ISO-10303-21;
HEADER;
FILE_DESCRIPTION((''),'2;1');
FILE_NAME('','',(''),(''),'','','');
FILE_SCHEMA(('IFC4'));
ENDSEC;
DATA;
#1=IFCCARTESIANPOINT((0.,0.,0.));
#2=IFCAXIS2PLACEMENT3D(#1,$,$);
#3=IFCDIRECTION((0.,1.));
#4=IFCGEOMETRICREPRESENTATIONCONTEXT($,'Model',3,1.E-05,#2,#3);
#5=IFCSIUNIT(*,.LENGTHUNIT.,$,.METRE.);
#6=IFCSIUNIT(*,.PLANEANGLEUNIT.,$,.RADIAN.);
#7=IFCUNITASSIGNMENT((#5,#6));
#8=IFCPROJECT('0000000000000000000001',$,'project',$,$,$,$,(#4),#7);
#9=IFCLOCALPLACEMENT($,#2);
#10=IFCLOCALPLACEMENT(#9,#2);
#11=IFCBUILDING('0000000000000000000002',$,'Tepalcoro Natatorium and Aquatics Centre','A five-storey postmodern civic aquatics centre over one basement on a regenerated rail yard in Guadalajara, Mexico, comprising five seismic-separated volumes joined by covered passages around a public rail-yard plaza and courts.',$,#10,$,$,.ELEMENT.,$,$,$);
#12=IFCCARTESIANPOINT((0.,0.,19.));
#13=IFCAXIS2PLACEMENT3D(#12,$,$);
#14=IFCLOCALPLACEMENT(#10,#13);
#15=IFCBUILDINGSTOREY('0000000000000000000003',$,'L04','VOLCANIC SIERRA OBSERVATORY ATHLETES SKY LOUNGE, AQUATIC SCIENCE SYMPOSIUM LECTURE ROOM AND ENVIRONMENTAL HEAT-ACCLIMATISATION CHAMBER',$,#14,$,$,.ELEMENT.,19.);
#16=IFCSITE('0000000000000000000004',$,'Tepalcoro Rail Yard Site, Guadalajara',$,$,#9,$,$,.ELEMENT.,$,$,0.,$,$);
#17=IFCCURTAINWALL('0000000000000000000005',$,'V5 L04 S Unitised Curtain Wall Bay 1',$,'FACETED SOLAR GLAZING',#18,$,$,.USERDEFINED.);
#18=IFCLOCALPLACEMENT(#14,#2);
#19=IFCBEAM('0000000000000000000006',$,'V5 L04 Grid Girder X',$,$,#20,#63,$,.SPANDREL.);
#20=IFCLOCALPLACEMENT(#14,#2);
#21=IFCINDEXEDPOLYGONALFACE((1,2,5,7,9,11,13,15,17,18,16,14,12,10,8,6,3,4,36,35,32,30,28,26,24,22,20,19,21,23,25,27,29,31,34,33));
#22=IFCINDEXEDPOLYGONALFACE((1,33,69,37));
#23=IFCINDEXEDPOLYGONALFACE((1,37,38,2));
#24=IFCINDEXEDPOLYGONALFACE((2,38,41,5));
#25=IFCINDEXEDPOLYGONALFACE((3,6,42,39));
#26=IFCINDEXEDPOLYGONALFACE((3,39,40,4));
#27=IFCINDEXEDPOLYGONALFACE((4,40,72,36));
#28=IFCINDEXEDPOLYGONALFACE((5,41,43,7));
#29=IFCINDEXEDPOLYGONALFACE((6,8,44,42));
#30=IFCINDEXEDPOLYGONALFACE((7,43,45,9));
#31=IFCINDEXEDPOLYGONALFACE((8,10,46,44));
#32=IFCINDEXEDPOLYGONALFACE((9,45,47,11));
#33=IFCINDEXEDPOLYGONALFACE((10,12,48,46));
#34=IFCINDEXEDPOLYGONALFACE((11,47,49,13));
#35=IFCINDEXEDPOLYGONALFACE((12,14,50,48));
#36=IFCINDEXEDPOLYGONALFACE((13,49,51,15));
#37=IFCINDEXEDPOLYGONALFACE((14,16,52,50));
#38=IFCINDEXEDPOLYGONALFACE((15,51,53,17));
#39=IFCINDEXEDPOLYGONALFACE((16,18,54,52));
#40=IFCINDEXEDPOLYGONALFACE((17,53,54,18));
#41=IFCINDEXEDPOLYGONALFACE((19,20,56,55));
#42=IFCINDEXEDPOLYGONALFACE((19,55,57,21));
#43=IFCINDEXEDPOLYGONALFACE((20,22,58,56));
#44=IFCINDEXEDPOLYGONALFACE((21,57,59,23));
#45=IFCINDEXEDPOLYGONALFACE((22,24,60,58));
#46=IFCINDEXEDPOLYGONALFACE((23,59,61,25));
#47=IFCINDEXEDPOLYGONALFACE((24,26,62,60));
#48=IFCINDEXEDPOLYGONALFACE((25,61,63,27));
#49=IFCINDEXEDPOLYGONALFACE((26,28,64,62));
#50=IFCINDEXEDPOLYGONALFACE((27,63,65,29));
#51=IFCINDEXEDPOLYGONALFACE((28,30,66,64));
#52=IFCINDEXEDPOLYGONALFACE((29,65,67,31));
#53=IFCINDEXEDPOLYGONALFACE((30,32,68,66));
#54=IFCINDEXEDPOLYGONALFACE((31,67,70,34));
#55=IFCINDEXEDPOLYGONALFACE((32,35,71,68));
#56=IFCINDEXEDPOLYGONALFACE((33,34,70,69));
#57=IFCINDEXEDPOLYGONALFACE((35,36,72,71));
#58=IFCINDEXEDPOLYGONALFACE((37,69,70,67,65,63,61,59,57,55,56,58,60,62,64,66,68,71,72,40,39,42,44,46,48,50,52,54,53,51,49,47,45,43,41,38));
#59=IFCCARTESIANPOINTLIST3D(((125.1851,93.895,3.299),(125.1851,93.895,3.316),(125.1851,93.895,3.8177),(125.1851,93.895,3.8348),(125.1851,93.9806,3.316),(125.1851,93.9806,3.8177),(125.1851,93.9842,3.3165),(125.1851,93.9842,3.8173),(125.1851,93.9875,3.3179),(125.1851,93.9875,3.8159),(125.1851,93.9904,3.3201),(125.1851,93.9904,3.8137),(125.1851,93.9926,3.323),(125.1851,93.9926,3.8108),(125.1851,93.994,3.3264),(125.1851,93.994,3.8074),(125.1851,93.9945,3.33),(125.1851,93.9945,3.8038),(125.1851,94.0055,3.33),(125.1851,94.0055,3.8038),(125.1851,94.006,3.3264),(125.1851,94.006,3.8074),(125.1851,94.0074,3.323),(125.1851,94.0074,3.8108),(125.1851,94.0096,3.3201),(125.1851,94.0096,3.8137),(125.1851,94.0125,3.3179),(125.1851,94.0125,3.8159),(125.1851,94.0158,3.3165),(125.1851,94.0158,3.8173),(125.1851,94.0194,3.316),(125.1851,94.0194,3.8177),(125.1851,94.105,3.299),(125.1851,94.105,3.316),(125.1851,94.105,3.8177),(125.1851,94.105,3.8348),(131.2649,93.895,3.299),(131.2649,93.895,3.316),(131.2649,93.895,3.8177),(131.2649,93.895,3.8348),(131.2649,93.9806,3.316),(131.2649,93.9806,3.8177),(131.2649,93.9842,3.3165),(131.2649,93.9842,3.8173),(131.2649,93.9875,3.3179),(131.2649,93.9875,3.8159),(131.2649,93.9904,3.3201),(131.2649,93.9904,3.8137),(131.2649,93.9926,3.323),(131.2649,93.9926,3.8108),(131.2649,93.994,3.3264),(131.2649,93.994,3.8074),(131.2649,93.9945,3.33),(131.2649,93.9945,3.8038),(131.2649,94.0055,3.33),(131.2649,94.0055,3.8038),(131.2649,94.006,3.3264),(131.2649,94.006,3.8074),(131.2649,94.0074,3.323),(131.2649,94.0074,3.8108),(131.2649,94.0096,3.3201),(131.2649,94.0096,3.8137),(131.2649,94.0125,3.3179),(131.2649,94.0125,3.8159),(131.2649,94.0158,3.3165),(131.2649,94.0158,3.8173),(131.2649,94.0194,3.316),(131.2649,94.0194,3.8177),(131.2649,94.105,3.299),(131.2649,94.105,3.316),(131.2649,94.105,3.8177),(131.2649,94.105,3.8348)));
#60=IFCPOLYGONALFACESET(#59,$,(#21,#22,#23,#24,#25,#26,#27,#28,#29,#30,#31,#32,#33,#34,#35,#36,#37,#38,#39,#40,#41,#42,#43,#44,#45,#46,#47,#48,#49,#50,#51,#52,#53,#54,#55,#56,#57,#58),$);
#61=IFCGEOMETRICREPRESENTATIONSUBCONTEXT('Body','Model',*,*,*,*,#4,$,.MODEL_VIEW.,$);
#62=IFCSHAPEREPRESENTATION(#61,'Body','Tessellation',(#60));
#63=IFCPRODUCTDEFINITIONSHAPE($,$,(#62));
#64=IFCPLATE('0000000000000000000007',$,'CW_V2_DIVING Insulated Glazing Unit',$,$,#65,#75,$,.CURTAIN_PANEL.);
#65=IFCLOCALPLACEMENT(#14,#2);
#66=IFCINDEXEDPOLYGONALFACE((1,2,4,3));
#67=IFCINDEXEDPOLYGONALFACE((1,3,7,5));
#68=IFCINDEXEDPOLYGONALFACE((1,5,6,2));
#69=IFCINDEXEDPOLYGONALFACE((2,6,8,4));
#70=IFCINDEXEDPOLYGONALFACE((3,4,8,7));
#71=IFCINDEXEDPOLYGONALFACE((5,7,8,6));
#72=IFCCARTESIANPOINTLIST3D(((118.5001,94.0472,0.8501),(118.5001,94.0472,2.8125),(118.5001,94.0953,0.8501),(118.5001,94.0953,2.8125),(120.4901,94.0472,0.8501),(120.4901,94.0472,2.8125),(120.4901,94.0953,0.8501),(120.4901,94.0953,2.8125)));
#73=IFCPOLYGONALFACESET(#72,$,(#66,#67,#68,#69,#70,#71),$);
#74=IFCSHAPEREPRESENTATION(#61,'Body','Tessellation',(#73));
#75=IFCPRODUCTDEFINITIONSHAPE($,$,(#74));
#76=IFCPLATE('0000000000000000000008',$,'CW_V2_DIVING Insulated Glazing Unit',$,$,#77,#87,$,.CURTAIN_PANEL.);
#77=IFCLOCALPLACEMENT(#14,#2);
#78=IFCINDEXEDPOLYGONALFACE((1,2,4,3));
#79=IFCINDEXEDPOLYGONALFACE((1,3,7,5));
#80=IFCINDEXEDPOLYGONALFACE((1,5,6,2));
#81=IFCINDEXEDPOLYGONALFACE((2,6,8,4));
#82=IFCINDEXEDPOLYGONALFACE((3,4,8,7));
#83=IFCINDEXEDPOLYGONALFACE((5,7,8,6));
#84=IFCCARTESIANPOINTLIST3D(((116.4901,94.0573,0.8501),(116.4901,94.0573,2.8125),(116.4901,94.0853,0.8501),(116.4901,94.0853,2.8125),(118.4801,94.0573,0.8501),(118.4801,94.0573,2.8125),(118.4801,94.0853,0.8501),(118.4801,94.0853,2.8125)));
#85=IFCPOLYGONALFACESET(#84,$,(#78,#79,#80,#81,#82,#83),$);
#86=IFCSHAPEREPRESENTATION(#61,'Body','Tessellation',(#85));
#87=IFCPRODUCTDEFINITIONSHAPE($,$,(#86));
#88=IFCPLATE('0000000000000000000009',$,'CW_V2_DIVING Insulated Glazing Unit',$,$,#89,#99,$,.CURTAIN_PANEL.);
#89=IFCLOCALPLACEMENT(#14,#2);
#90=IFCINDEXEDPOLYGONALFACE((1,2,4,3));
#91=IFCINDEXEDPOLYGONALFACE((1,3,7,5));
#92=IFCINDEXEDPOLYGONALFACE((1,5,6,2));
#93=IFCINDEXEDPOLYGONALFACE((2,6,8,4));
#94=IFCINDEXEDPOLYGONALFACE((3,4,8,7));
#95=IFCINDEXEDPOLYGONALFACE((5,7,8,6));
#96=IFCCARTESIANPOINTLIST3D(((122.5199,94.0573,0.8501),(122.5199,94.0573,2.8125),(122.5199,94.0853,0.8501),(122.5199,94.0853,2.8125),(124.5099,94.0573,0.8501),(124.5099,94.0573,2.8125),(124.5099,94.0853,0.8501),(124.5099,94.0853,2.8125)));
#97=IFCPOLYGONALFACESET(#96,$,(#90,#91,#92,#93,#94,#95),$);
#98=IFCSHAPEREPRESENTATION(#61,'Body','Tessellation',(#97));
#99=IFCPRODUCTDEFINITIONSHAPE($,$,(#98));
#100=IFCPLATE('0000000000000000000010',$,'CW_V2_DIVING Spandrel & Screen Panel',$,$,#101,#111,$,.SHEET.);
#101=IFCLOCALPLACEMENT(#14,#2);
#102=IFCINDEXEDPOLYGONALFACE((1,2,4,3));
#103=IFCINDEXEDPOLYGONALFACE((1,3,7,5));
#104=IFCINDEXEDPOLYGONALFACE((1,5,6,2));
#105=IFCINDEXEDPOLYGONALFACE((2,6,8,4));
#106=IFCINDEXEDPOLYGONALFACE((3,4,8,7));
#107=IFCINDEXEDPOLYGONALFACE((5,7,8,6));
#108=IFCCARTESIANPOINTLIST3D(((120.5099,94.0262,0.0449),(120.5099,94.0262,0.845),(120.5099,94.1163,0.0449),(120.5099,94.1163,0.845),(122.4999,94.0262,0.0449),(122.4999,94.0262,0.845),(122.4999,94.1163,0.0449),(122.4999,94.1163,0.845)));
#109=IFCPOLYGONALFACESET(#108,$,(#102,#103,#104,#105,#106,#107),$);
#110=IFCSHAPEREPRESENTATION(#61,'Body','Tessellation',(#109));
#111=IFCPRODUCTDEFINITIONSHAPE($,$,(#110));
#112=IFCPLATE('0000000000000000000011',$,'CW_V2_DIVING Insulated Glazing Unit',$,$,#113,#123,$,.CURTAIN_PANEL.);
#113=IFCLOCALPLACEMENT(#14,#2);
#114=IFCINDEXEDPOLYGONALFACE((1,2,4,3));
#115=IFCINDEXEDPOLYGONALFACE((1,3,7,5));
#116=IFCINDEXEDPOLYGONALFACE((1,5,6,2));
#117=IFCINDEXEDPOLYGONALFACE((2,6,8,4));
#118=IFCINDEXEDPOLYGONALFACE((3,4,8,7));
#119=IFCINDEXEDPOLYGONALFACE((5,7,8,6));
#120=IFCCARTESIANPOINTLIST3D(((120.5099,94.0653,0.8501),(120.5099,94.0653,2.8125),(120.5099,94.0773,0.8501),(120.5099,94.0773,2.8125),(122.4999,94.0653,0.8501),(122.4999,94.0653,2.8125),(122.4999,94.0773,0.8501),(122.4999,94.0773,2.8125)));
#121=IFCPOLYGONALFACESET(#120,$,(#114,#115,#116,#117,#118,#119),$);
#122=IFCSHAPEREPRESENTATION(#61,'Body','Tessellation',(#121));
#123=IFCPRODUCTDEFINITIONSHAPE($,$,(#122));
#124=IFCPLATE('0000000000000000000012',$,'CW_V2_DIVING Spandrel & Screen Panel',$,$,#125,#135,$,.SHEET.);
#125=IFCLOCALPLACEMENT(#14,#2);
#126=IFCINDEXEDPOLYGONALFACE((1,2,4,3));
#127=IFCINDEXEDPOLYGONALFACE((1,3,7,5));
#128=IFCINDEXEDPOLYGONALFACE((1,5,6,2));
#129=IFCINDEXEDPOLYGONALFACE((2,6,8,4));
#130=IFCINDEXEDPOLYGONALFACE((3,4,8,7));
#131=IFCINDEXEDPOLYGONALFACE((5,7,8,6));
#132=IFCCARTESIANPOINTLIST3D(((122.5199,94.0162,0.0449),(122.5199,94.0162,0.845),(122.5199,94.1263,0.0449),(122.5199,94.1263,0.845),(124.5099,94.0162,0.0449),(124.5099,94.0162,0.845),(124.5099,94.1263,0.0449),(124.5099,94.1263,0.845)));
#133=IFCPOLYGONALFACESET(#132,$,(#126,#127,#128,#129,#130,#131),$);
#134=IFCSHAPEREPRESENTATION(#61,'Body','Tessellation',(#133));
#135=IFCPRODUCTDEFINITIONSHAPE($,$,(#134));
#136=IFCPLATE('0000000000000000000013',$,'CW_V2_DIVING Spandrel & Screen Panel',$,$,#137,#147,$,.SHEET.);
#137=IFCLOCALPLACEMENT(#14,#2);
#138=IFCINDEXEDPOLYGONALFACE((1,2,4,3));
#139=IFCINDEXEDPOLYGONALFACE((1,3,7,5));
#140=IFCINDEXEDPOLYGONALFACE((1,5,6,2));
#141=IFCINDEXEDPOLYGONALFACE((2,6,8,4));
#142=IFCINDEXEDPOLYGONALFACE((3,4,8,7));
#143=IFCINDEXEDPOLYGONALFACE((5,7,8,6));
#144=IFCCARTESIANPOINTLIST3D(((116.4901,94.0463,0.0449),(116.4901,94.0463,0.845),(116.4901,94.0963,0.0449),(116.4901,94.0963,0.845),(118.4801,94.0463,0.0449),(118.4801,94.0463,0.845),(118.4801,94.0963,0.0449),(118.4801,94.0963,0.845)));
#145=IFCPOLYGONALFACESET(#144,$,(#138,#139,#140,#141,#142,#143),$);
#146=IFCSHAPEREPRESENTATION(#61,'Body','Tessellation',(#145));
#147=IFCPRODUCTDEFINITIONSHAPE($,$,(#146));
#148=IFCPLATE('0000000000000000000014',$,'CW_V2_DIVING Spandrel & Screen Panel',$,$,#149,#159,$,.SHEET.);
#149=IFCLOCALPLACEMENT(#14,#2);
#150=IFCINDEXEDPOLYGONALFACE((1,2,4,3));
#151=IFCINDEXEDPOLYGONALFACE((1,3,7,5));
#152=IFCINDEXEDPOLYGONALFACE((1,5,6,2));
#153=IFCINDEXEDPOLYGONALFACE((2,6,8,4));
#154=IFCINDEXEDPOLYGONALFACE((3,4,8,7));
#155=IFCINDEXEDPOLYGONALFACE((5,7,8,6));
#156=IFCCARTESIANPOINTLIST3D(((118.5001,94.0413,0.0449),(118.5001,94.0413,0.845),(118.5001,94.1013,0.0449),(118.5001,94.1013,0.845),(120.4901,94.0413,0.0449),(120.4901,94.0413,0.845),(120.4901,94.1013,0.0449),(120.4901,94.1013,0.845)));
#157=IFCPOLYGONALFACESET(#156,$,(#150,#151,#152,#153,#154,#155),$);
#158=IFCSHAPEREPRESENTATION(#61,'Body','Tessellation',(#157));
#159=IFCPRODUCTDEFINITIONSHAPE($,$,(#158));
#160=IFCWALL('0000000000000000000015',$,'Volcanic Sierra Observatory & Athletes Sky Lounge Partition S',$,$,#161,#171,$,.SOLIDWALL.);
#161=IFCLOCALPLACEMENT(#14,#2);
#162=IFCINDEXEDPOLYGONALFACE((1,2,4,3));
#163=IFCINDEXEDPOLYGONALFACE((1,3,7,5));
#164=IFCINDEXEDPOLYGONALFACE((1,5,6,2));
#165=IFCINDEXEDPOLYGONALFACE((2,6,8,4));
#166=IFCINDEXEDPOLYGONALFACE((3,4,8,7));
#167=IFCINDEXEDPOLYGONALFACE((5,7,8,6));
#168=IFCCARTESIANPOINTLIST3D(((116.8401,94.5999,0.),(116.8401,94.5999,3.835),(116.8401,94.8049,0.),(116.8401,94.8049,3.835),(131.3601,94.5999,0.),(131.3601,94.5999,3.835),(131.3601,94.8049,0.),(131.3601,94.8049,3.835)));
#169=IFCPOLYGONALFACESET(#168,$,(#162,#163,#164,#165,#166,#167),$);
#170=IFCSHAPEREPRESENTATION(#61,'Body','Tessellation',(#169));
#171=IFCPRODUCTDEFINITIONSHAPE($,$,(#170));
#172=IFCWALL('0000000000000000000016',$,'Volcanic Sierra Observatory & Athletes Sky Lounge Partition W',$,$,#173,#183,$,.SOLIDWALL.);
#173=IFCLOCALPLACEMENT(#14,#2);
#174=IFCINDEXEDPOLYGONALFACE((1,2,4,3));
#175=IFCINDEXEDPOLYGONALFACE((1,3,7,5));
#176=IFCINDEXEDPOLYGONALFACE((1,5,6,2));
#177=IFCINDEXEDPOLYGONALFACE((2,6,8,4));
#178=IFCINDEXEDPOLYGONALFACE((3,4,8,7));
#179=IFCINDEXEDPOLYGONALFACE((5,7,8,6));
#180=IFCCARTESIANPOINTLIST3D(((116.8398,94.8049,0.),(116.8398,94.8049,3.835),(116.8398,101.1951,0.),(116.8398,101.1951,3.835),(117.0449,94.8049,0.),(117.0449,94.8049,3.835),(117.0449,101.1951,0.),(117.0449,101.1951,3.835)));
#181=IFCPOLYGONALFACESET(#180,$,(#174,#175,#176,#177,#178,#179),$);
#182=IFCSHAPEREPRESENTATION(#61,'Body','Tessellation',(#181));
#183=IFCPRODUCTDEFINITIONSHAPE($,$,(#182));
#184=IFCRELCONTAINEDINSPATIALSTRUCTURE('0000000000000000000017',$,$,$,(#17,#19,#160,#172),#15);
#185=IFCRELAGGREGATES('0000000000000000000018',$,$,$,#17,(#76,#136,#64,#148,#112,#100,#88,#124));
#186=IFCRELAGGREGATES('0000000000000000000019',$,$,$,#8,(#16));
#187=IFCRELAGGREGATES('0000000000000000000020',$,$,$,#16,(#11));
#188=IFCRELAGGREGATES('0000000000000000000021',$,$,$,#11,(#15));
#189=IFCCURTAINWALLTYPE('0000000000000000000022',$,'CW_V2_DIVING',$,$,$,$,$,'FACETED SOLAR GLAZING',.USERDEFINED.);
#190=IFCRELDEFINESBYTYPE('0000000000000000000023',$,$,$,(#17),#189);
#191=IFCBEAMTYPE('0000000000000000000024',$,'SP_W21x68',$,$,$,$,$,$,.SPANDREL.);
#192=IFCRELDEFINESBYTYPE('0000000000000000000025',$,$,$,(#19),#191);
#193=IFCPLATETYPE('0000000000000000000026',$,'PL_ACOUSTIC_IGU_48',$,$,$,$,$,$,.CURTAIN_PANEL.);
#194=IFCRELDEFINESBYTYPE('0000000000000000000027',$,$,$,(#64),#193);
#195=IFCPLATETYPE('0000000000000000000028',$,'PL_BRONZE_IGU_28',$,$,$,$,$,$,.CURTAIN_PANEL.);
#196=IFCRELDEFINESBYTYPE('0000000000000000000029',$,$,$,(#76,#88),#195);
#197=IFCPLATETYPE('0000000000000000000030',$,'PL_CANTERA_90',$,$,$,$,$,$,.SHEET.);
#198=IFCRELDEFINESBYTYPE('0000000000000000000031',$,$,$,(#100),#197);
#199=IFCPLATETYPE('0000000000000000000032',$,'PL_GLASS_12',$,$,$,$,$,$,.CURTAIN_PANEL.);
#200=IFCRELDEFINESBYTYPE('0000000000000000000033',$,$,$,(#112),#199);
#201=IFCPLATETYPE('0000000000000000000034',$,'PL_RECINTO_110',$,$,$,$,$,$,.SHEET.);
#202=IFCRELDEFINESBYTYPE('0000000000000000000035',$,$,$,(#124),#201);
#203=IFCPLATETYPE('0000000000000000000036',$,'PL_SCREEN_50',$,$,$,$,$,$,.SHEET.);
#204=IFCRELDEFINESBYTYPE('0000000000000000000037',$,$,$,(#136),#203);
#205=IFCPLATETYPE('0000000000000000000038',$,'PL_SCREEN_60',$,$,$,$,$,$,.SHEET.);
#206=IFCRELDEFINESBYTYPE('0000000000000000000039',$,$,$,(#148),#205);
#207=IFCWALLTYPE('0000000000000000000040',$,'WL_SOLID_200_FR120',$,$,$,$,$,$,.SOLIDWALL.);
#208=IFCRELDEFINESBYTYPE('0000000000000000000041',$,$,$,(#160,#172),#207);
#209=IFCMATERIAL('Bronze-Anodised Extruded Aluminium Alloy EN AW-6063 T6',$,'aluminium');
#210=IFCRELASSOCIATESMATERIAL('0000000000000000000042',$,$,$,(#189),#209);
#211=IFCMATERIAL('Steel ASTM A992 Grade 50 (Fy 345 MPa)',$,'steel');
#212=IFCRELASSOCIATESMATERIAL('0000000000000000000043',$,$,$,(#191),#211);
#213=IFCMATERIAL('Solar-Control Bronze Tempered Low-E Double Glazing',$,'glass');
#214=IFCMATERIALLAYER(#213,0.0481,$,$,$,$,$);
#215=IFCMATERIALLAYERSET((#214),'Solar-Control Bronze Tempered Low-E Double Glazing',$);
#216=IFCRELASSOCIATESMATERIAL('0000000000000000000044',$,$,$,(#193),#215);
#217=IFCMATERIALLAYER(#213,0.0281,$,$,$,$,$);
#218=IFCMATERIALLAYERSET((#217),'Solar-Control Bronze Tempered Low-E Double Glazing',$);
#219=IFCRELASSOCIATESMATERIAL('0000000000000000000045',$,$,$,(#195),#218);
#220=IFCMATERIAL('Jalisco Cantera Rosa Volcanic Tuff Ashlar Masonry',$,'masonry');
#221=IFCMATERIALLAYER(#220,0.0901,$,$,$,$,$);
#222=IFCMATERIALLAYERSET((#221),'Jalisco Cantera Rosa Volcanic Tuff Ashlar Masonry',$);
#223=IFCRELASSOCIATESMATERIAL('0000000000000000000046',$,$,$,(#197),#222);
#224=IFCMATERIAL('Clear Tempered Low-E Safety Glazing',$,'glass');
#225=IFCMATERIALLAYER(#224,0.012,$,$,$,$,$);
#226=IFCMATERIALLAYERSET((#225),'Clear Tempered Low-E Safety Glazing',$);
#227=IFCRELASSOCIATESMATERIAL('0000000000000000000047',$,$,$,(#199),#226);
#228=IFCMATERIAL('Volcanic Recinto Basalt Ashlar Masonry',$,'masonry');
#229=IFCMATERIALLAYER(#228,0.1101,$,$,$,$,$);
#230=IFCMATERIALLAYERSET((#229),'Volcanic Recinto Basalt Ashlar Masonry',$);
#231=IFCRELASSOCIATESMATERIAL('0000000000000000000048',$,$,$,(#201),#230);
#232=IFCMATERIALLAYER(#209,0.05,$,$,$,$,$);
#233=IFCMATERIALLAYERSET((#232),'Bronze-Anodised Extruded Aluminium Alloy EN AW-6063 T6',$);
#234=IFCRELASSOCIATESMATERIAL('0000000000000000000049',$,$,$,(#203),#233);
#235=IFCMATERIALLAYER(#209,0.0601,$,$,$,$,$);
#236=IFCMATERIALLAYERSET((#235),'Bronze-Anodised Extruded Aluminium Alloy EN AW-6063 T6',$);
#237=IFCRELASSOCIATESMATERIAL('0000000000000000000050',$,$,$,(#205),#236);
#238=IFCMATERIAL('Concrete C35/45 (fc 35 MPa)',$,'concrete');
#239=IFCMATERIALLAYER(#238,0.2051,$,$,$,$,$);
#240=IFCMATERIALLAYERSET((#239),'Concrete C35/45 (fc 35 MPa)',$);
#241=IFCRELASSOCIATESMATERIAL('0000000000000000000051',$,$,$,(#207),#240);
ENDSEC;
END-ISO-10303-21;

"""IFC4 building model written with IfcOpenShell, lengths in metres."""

from ifc_helpers import new_model, si_unit, direction, frame, frame_2d, origin, origin_2d, place, context, subcontext, project, spatial, rectangle, i_section, extrude, material, layer, layer_set, material_profile, profile_set, type_object, element, aggregate, save


model = new_model("IFC4")

# Units and contexts
model_context = context("Model", 3, precision=1e-05, world=origin(), true_north=direction((0.0, 1.0)))
body_context = subcontext(model_context, "Body", "Model", "MODEL_VIEW")
ifc_project = project(units=[si_unit("LENGTHUNIT", "METRE"), si_unit("PLANEANGLEUNIT", "RADIAN")], contexts=[model_context])

# Site, building, storey
site_placement = place(None, origin())
site = spatial("IfcSite", under=ifc_project, at=site_placement, Name="Tepalcoro Rail Yard Site, Guadalajara", CompositionType="ELEMENT", RefElevation=0.0)
building_placement = place(site_placement, origin())
building = spatial("IfcBuilding", under=site, at=building_placement, Name="Tepalcoro Natatorium and Aquatics Centre", Description="A five-storey postmodern civic aquatics centre over one basement on a regenerated rail yard in Guadalajara, Mexico, comprising five seismic-separated volumes joined by covered passages around a public rail-yard plaza and courts.", CompositionType="ELEMENT")
storey_placement = place(building_placement, frame((0.0, 0.0, 19.0)))
storey = spatial("IfcBuildingStorey", under=building, at=storey_placement, Name="L04", Description="VOLCANIC SIERRA OBSERVATORY ATHLETES SKY LOUNGE, AQUATIC SCIENCE SYMPOSIUM LECTURE ROOM AND ENVIRONMENTAL HEAT-ACCLIMATISATION CHAMBER", CompositionType="ELEMENT", Elevation=19.0)

# Shared definitions
ifc_material_1 = material(Name="Steel ASTM A992 Grade 50 (Fy 345 MPa)", Category="steel")

# Curtain wall
ifc_material_2 = material(Name="Bronze-Anodised Extruded Aluminium Alloy EN AW-6063 T6", Category="aluminium")
curtain_wall_type = type_object("IfcCurtainWallType", Name="CW_V2_DIVING", ElementType="FACETED SOLAR GLAZING", PredefinedType="USERDEFINED", material=ifc_material_2)
curtain_wall_placement = place(storey_placement, origin())
curtain_wall = element("IfcCurtainWall", 1, at=curtain_wall_placement, inside=storey, type_object=curtain_wall_type, Name="V5 L04 S Unitised Curtain Wall Bay 1", ObjectType="FACETED SOLAR GLAZING", PredefinedType="USERDEFINED")

# Beam
ifc_material_profile_1 = material_profile(ifc_material_1, i_section(OverallWidth=0.21, OverallDepth=0.5359, WebThickness=0.011, FlangeThickness=0.0171, FilletRadius=0.0139, at=origin_2d()), Name="W21X68")
ifc_profile_set_1 = profile_set([ifc_material_profile_1], Name="Steel ASTM A992 Grade 50 (Fy 345 MPa)")
beam_type_1 = type_object("IfcBeamType", Name="SP_W21x68", PredefinedType="SPANDREL", material=ifc_profile_set_1)
beam_1_placement = place(storey_placement, frame((125.1851, 94.0, 3.5669), z_axis=(1.0, 0.0, 0.0), x_axis=(0.0, 1.0, 0.0)))
element("IfcBeam", 2, at=beam_1_placement, inside=storey, type_object=beam_type_1, Name="V5 L04 Grid Girder X", PredefinedType="SPANDREL", context=body_context, shape_type="SweptSolid", body=[
    extrude(i_section(OverallWidth=0.21, OverallDepth=0.5359, WebThickness=0.011, FlangeThickness=0.0171, FilletRadius=0.0139, at=origin_2d()), origin(), (0.0, 0.0, 1.0), 6.0798),
])

# Plates
ifc_material_3 = material(Name="Solar-Control Bronze Tempered Low-E Double Glazing", Category="glass")
ifc_layer_1 = layer(ifc_material_3, 0.0481)
ifc_layer_set_1 = layer_set([ifc_layer_1], Name="Solar-Control Bronze Tempered Low-E Double Glazing")
plate_type_1 = type_object("IfcPlateType", Name="PL_ACOUSTIC_IGU_48", PredefinedType="CURTAIN_PANEL", material=ifc_layer_set_1)
plate_1_placement = place(storey_placement, frame((119.4951, 94.0713, 0.8501), z_axis=(0.0, 0.0, 1.0), x_axis=(1.0, 0.0, 0.0)))
plate_1 = element("IfcPlate", 3, at=plate_1_placement, type_object=plate_type_1, Name="CW_V2_DIVING Insulated Glazing Unit", PredefinedType="CURTAIN_PANEL", context=body_context, shape_type="SweptSolid", body=[
    extrude(rectangle(XDim=1.99, YDim=0.0481, at=origin_2d()), origin(), (0.0, 0.0, 1.0), 1.9624),
])
ifc_layer_2 = layer(ifc_material_3, 0.0281)
ifc_layer_set_2 = layer_set([ifc_layer_2], Name="Solar-Control Bronze Tempered Low-E Double Glazing")
plate_type_2 = type_object("IfcPlateType", Name="PL_BRONZE_IGU_28", PredefinedType="CURTAIN_PANEL", material=ifc_layer_set_2)
plate_2_placement = place(storey_placement, frame((117.4851, 94.0713, 0.8501), z_axis=(0.0, 0.0, 1.0), x_axis=(1.0, 0.0, 0.0)))
plate_2 = element("IfcPlate", 4, at=plate_2_placement, type_object=plate_type_2, Name="CW_V2_DIVING Insulated Glazing Unit", PredefinedType="CURTAIN_PANEL", context=body_context, shape_type="SweptSolid", body=[
    extrude(rectangle(XDim=1.99, YDim=0.0281, at=origin_2d()), origin(), (0.0, 0.0, 1.0), 1.9624),
])
plate_3_placement = place(storey_placement, frame((123.5149, 94.0713, 0.8501), z_axis=(0.0, 0.0, 1.0), x_axis=(1.0, 0.0, 0.0)))
plate_3 = element("IfcPlate", 5, at=plate_3_placement, type_object=plate_type_2, Name="CW_V2_DIVING Insulated Glazing Unit", PredefinedType="CURTAIN_PANEL", context=body_context, shape_type="SweptSolid", body=[
    extrude(rectangle(XDim=1.99, YDim=0.0281, at=origin_2d()), origin(), (0.0, 0.0, 1.0), 1.9624),
])
ifc_material_4 = material(Name="Jalisco Cantera Rosa Volcanic Tuff Ashlar Masonry", Category="masonry")
ifc_layer_3 = layer(ifc_material_4, 0.0901)
ifc_layer_set_3 = layer_set([ifc_layer_3], Name="Jalisco Cantera Rosa Volcanic Tuff Ashlar Masonry")
plate_type_3 = type_object("IfcPlateType", Name="PL_CANTERA_90", PredefinedType="SHEET", material=ifc_layer_set_3)
plate_4_placement = place(storey_placement, frame((121.5049, 94.0713, 0.0449), z_axis=(0.0, 0.0, 1.0), x_axis=(1.0, 0.0, 0.0)))
plate_4 = element("IfcPlate", 6, at=plate_4_placement, type_object=plate_type_3, Name="CW_V2_DIVING Spandrel & Screen Panel", PredefinedType="SHEET", context=body_context, shape_type="SweptSolid", body=[
    extrude(rectangle(XDim=1.99, YDim=0.0901, at=origin_2d()), origin(), (0.0, 0.0, 1.0), 0.8),
])
ifc_material_5 = material(Name="Clear Tempered Low-E Safety Glazing", Category="glass")
ifc_layer_4 = layer(ifc_material_5, 0.012)
ifc_layer_set_4 = layer_set([ifc_layer_4], Name="Clear Tempered Low-E Safety Glazing")
plate_type_4 = type_object("IfcPlateType", Name="PL_GLASS_12", PredefinedType="CURTAIN_PANEL", material=ifc_layer_set_4)
plate_5_placement = place(storey_placement, frame((121.5049, 94.0713, 0.8501), z_axis=(0.0, 0.0, 1.0), x_axis=(1.0, 0.0, 0.0)))
plate_5 = element("IfcPlate", 7, at=plate_5_placement, type_object=plate_type_4, Name="CW_V2_DIVING Insulated Glazing Unit", PredefinedType="CURTAIN_PANEL", context=body_context, shape_type="SweptSolid", body=[
    extrude(rectangle(XDim=1.99, YDim=0.012, at=origin_2d()), origin(), (0.0, 0.0, 1.0), 1.9624),
])
ifc_material_6 = material(Name="Volcanic Recinto Basalt Ashlar Masonry", Category="masonry")
ifc_layer_5 = layer(ifc_material_6, 0.1101)
ifc_layer_set_5 = layer_set([ifc_layer_5], Name="Volcanic Recinto Basalt Ashlar Masonry")
plate_type_5 = type_object("IfcPlateType", Name="PL_RECINTO_110", PredefinedType="SHEET", material=ifc_layer_set_5)
plate_6_placement = place(storey_placement, frame((123.5149, 94.0713, 0.0449), z_axis=(0.0, 0.0, 1.0), x_axis=(1.0, 0.0, 0.0)))
plate_6 = element("IfcPlate", 8, at=plate_6_placement, type_object=plate_type_5, Name="CW_V2_DIVING Spandrel & Screen Panel", PredefinedType="SHEET", context=body_context, shape_type="SweptSolid", body=[
    extrude(rectangle(XDim=1.99, YDim=0.1101, at=origin_2d()), origin(), (0.0, 0.0, 1.0), 0.8),
])
ifc_layer_6 = layer(ifc_material_2, 0.05)
ifc_layer_set_6 = layer_set([ifc_layer_6], Name="Bronze-Anodised Extruded Aluminium Alloy EN AW-6063 T6")
plate_type_6 = type_object("IfcPlateType", Name="PL_SCREEN_50", PredefinedType="SHEET", material=ifc_layer_set_6)
plate_7_placement = place(storey_placement, frame((117.4851, 94.0713, 0.0449), z_axis=(0.0, 0.0, 1.0), x_axis=(1.0, 0.0, 0.0)))
plate_7 = element("IfcPlate", 9, at=plate_7_placement, type_object=plate_type_6, Name="CW_V2_DIVING Spandrel & Screen Panel", PredefinedType="SHEET", context=body_context, shape_type="SweptSolid", body=[
    extrude(rectangle(XDim=1.99, YDim=0.05, at=origin_2d()), origin(), (0.0, 0.0, 1.0), 0.8),
])
ifc_layer_7 = layer(ifc_material_2, 0.0601)
ifc_layer_set_7 = layer_set([ifc_layer_7], Name="Bronze-Anodised Extruded Aluminium Alloy EN AW-6063 T6")
plate_type_7 = type_object("IfcPlateType", Name="PL_SCREEN_60", PredefinedType="SHEET", material=ifc_layer_set_7)
plate_8_placement = place(storey_placement, frame((119.4951, 94.0713, 0.0449), z_axis=(0.0, 0.0, 1.0), x_axis=(1.0, 0.0, 0.0)))
plate_8 = element("IfcPlate", 10, at=plate_8_placement, type_object=plate_type_7, Name="CW_V2_DIVING Spandrel & Screen Panel", PredefinedType="SHEET", context=body_context, shape_type="SweptSolid", body=[
    extrude(rectangle(XDim=1.99, YDim=0.0601, at=origin_2d()), origin(), (0.0, 0.0, 1.0), 0.8),
])
aggregate(curtain_wall, [plate_2, plate_7, plate_1, plate_8, plate_5, plate_4, plate_3, plate_6])

# Walls
ifc_material_7 = material(Name="Concrete C35/45 (fc 35 MPa)", Category="concrete")
ifc_layer_8 = layer(ifc_material_7, 0.2051)
ifc_layer_set_8 = layer_set([ifc_layer_8], Name="Concrete C35/45 (fc 35 MPa)")
wall_type = type_object("IfcWallType", Name="WL_SOLID_200_FR120", PredefinedType="SOLIDWALL", material=ifc_layer_set_8)
wall_1_placement = place(storey_placement, frame((116.8401, 94.7024, 0.0), z_axis=(0.0, 0.0, 1.0), x_axis=(1.0, 0.0, 0.0)))
element("IfcWall", 11, at=wall_1_placement, inside=storey, type_object=wall_type, Name="Volcanic Sierra Observatory & Athletes Sky Lounge Partition S", PredefinedType="SOLIDWALL", context=body_context, shape_type="SweptSolid", body=[
    extrude(rectangle(XDim=14.52, YDim=0.2051, at=frame_2d((7.26, 0.0))), origin(), (0.0, 0.0, 1.0), 3.835),
])
wall_2_placement = place(storey_placement, frame((116.9424, 94.8049, 0.0), z_axis=(0.0, 0.0, 1.0), x_axis=(0.0, 1.0, 0.0)))
element("IfcWall", 12, at=wall_2_placement, inside=storey, type_object=wall_type, Name="Volcanic Sierra Observatory & Athletes Sky Lounge Partition W", PredefinedType="SOLIDWALL", context=body_context, shape_type="SweptSolid", body=[
    extrude(rectangle(XDim=6.3901, YDim=0.2051, at=frame_2d((3.1951, 0.0))), origin(), (0.0, 0.0, 1.0), 3.835),
])

save(model, "model.ifc")
